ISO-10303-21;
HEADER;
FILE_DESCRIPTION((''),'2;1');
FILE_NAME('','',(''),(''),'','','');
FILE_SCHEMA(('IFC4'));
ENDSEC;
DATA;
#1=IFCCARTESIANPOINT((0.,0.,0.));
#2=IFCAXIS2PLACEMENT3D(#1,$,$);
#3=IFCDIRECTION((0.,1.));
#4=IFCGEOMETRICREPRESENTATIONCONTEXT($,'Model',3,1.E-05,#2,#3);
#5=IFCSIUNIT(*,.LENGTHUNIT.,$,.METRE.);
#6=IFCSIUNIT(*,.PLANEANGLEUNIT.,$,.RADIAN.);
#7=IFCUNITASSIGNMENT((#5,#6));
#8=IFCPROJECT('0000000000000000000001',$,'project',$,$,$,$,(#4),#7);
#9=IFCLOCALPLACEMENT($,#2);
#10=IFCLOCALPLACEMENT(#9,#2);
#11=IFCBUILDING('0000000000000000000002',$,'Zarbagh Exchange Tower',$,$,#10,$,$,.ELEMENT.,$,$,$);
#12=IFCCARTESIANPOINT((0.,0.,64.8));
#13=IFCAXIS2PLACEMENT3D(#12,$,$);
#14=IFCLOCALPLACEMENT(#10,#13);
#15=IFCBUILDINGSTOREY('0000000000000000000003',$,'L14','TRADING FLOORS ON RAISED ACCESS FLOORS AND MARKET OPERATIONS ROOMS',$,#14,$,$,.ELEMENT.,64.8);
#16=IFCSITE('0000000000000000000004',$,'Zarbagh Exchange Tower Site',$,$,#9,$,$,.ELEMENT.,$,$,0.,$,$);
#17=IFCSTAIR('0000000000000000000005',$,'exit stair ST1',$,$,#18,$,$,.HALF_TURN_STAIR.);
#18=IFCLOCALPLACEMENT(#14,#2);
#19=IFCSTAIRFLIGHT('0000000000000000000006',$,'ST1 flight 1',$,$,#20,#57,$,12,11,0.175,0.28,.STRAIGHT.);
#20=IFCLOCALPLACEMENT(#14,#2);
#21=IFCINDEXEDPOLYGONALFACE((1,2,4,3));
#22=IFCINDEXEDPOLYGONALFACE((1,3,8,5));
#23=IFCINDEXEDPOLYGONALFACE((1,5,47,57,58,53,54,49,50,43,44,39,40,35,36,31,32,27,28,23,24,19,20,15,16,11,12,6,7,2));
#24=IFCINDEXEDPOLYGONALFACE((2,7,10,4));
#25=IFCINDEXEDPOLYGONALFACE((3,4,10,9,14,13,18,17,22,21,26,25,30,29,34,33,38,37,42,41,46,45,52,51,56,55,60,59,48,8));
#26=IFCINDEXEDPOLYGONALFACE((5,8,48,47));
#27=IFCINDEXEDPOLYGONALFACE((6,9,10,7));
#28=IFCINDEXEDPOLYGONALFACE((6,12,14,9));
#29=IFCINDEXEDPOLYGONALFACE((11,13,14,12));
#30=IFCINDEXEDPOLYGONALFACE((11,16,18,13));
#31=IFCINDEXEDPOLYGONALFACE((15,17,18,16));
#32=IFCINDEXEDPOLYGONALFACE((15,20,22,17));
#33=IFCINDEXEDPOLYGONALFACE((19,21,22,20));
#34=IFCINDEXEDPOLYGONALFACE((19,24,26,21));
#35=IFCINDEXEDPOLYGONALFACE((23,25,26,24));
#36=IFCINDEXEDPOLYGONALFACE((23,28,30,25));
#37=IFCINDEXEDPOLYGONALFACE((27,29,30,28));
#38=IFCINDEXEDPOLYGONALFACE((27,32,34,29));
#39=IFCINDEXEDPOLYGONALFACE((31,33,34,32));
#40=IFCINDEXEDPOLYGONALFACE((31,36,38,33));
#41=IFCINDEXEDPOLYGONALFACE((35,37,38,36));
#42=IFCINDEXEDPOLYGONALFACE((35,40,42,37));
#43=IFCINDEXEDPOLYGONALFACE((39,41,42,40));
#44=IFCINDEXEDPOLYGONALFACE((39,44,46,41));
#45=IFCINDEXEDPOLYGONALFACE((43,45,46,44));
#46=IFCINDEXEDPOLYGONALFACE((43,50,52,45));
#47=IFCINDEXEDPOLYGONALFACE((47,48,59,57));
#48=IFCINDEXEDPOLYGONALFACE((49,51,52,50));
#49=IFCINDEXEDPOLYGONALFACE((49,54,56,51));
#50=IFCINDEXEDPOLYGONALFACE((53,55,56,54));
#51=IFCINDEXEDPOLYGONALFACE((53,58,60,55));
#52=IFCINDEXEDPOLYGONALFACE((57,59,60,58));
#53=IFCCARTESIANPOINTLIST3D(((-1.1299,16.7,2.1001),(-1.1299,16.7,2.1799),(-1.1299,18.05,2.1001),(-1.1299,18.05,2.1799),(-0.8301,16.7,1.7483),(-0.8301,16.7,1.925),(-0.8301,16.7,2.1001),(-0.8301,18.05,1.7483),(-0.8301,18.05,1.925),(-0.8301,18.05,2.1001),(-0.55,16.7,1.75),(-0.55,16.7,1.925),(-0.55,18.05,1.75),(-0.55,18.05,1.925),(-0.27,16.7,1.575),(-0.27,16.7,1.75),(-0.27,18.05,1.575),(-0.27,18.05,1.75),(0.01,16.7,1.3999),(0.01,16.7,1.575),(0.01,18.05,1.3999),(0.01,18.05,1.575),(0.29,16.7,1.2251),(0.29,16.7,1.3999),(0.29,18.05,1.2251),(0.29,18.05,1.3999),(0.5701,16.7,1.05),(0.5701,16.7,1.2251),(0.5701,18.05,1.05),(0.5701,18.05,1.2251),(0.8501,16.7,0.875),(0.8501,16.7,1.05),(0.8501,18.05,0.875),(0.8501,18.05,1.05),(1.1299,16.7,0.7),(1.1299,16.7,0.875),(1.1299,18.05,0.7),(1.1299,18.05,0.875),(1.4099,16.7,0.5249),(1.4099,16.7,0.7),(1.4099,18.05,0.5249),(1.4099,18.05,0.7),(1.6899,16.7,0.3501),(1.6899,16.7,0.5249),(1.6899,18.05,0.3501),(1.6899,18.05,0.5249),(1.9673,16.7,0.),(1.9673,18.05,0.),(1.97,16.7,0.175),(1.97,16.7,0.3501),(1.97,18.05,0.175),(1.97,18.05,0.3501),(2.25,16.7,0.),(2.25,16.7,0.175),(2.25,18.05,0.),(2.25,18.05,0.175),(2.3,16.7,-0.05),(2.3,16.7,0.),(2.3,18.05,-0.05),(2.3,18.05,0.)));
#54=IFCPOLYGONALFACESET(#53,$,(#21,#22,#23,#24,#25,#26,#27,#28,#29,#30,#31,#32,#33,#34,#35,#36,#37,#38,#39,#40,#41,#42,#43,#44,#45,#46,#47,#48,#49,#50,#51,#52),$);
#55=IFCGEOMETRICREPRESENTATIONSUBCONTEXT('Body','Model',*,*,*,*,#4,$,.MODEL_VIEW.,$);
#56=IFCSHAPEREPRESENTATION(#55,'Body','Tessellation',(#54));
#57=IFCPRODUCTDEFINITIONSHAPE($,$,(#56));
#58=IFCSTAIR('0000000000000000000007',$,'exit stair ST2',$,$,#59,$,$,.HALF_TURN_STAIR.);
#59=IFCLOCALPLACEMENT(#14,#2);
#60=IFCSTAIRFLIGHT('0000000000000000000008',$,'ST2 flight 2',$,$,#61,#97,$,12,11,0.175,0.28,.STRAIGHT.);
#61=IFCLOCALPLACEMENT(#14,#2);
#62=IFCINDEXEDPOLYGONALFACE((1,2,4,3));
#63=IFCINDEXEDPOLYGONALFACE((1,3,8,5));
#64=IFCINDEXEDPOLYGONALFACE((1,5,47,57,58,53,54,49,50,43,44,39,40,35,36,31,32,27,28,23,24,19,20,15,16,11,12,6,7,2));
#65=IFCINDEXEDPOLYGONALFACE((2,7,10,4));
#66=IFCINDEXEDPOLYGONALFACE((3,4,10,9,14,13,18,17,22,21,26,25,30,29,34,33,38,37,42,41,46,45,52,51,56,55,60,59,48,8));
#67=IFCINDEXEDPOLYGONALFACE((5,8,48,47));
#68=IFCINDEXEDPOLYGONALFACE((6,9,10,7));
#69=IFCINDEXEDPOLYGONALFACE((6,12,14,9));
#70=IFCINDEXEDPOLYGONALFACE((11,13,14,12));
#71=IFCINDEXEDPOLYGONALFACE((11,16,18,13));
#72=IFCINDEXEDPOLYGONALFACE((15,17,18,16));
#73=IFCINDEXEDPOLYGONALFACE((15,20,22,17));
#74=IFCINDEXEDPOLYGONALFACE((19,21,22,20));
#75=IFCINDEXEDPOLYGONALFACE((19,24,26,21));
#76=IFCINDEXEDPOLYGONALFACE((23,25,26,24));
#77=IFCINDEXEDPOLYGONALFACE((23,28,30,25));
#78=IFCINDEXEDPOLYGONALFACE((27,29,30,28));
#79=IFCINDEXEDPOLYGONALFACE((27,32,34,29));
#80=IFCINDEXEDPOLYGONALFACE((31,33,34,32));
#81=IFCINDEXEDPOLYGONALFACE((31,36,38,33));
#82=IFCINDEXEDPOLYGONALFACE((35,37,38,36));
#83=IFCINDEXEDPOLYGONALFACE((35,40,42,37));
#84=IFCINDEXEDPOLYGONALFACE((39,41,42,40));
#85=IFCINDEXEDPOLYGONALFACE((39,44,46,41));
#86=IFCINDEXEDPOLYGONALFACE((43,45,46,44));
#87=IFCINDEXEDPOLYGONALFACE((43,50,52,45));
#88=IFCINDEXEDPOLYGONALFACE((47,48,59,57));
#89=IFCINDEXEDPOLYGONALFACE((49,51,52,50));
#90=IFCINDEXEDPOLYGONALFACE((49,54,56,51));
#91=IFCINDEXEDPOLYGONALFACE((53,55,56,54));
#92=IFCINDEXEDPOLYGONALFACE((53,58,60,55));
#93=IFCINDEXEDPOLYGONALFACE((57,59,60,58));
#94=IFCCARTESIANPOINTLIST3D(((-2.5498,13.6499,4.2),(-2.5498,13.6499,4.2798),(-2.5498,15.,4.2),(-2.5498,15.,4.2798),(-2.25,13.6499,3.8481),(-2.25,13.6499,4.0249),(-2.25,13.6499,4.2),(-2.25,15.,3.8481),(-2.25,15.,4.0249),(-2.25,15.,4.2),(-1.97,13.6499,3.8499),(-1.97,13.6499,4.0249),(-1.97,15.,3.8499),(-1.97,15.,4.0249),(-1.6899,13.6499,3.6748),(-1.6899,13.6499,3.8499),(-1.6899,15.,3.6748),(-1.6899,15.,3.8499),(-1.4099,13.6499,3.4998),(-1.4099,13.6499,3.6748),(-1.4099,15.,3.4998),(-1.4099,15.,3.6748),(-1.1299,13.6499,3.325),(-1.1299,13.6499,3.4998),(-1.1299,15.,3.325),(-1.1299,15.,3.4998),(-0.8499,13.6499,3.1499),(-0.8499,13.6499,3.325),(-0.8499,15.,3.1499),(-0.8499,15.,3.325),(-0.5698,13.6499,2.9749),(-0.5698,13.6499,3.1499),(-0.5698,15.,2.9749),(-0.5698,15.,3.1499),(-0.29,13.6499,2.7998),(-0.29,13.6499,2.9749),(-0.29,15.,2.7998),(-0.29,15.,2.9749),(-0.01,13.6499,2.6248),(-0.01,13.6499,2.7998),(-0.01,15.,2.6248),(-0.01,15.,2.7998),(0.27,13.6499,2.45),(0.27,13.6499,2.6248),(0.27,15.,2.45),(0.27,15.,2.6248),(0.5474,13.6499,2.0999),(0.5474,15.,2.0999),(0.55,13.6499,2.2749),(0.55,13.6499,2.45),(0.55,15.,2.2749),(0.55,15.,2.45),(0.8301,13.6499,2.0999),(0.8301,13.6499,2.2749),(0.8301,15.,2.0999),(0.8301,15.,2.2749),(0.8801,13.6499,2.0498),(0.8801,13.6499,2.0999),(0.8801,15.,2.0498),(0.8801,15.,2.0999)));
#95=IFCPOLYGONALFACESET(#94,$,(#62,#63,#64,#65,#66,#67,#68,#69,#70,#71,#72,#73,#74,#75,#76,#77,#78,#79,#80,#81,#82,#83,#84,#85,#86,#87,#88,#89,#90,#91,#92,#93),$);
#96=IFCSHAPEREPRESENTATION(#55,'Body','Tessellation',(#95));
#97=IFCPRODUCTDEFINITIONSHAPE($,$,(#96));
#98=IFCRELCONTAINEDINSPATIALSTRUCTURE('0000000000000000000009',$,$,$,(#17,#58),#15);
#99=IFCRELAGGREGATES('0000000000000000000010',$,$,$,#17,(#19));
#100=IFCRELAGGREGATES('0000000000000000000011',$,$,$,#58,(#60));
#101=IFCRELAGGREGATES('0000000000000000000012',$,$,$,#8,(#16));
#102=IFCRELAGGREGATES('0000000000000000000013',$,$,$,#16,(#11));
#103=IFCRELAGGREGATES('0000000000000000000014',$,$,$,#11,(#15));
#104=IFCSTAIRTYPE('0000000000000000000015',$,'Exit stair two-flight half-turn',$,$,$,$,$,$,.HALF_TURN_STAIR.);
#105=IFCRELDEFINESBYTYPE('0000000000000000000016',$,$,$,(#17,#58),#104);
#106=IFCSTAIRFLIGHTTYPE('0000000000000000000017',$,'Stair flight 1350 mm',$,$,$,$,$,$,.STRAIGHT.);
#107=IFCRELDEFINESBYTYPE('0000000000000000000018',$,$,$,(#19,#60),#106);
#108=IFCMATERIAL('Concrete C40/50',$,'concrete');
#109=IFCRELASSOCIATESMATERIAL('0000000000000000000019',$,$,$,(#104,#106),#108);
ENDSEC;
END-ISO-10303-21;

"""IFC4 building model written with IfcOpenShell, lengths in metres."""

from ifc_helpers import new_model, si_unit, direction, frame, origin, place, context, subcontext, project, spatial, polyline, outline, extrude, material, type_object, element, aggregate, save


model = new_model("IFC4")

# Units and contexts
model_context = context("Model", 3, precision=1e-05, world=origin(), true_north=direction((0.0, 1.0)))
body_context = subcontext(model_context, "Body", "Model", "MODEL_VIEW")
ifc_project = project(units=[si_unit("LENGTHUNIT", "METRE"), si_unit("PLANEANGLEUNIT", "RADIAN")], contexts=[model_context])

# Site, building, storey
site_placement = place(None, origin())
site = spatial("IfcSite", under=ifc_project, at=site_placement, Name="Zarbagh Exchange Tower Site", CompositionType="ELEMENT", RefElevation=0.0)
building_placement = place(site_placement, origin())
building = spatial("IfcBuilding", under=site, at=building_placement, Name="Zarbagh Exchange Tower", CompositionType="ELEMENT")
storey_placement = place(building_placement, frame((0.0, 0.0, 64.8)))
storey = spatial("IfcBuildingStorey", under=building, at=storey_placement, Name="L14", Description="TRADING FLOORS ON RAISED ACCESS FLOORS AND MARKET OPERATIONS ROOMS", CompositionType="ELEMENT", Elevation=64.8)

# Shared definitions
ifc_material_1 = material(Name="Concrete C40/50", Category="concrete")

# Stairs, stair flights
stair_type = type_object("IfcStairType", Name="Exit stair two-flight half-turn", PredefinedType="HALF_TURN_STAIR", material=ifc_material_1)
stair_1_placement = place(storey_placement, origin())
stair_1 = element("IfcStair", 1, at=stair_1_placement, inside=storey, type_object=stair_type, Name="exit stair ST1", PredefinedType="HALF_TURN_STAIR")
stair_flight_type = type_object("IfcStairFlightType", Name="Stair flight 1350 mm", PredefinedType="STRAIGHT", material=ifc_material_1)
stair_flight_1_placement = place(storey_placement, frame((2.25, 17.375, 0.0), z_axis=(0.0, 0.0, 1.0), x_axis=(-1.0, 0.0, 0.0)))
stair_flight_1 = element("IfcStairFlight", 2, at=stair_flight_1_placement, type_object=stair_flight_type, Name="ST1 flight 1", NumberOfRisers=12, NumberOfTreads=11, PredefinedType="STRAIGHT", RiserHeight=0.175, TreadLength=0.28, context=body_context, shape_type="SweptSolid", body=[
    extrude(outline(polyline([(-0.05, -0.05), (-0.05, 0.0), (0.0, 0.0), (0.0, 0.175), (0.28, 0.175), (0.28, 0.3501), (0.5601, 0.3501), (0.5601, 0.5249), (0.8401, 0.5249), (0.8401, 0.7), (1.1201, 0.7), (1.1201, 0.875), (1.3999, 0.875), (1.3999, 1.05), (1.6799, 1.05), (1.6799, 1.2251), (1.96, 1.2251), (1.96, 1.3999), (2.24, 1.3999), (2.24, 1.575), (2.52, 1.575), (2.52, 1.75), (2.8, 1.75), (2.8, 1.925), (3.0801, 1.925), (3.0801, 2.1001), (3.3799, 2.1799), (3.3799, 2.1001), (3.0801, 1.7483), (0.2827, 0.0), (-0.05, -0.05)])), frame((0.0, 0.675, 0.0), z_axis=(0.0, -1.0, 0.0), x_axis=(1.0, 0.0, 0.0)), (0.0, 0.0, 1.0), 1.3501),
])
aggregate(stair_1, [stair_flight_1])
stair_2_placement = place(storey_placement, origin())
stair_2 = element("IfcStair", 3, at=stair_2_placement, inside=storey, type_object=stair_type, Name="exit stair ST2", PredefinedType="HALF_TURN_STAIR")
stair_flight_2_placement = place(storey_placement, frame((0.8301, 14.325, 2.0999), z_axis=(0.0, 0.0, 1.0), x_axis=(-1.0, 0.0, 0.0)))
stair_flight_2 = element("IfcStairFlight", 4, at=stair_flight_2_placement, type_object=stair_flight_type, Name="ST2 flight 2", NumberOfRisers=12, NumberOfTreads=11, PredefinedType="STRAIGHT", RiserHeight=0.175, TreadLength=0.28, context=body_context, shape_type="SweptSolid", body=[
    extrude(outline(polyline([(-0.05, -0.05), (-0.05, 0.0), (0.0, 0.0), (0.0, 0.175), (0.28, 0.175), (0.28, 0.3501), (0.5601, 0.3501), (0.5601, 0.5249), (0.8401, 0.5249), (0.8401, 0.7), (1.1201, 0.7), (1.1201, 0.875), (1.3999, 0.875), (1.3999, 1.05), (1.6799, 1.05), (1.6799, 1.2251), (1.96, 1.2251), (1.96, 1.3999), (2.24, 1.3999), (2.24, 1.575), (2.52, 1.575), (2.52, 1.75), (2.8, 1.75), (2.8, 1.925), (3.0801, 1.925), (3.0801, 2.1001), (3.3799, 2.1799), (3.3799, 2.1001), (3.0801, 1.7483), (0.2827, 0.0), (-0.05, -0.05)])), frame((0.0, 0.675, 0.0), z_axis=(0.0, -1.0, 0.0), x_axis=(1.0, 0.0, 0.0)), (0.0, 0.0, 1.0), 1.3501),
])
aggregate(stair_2, [stair_flight_2])

save(model, "model.ifc")
